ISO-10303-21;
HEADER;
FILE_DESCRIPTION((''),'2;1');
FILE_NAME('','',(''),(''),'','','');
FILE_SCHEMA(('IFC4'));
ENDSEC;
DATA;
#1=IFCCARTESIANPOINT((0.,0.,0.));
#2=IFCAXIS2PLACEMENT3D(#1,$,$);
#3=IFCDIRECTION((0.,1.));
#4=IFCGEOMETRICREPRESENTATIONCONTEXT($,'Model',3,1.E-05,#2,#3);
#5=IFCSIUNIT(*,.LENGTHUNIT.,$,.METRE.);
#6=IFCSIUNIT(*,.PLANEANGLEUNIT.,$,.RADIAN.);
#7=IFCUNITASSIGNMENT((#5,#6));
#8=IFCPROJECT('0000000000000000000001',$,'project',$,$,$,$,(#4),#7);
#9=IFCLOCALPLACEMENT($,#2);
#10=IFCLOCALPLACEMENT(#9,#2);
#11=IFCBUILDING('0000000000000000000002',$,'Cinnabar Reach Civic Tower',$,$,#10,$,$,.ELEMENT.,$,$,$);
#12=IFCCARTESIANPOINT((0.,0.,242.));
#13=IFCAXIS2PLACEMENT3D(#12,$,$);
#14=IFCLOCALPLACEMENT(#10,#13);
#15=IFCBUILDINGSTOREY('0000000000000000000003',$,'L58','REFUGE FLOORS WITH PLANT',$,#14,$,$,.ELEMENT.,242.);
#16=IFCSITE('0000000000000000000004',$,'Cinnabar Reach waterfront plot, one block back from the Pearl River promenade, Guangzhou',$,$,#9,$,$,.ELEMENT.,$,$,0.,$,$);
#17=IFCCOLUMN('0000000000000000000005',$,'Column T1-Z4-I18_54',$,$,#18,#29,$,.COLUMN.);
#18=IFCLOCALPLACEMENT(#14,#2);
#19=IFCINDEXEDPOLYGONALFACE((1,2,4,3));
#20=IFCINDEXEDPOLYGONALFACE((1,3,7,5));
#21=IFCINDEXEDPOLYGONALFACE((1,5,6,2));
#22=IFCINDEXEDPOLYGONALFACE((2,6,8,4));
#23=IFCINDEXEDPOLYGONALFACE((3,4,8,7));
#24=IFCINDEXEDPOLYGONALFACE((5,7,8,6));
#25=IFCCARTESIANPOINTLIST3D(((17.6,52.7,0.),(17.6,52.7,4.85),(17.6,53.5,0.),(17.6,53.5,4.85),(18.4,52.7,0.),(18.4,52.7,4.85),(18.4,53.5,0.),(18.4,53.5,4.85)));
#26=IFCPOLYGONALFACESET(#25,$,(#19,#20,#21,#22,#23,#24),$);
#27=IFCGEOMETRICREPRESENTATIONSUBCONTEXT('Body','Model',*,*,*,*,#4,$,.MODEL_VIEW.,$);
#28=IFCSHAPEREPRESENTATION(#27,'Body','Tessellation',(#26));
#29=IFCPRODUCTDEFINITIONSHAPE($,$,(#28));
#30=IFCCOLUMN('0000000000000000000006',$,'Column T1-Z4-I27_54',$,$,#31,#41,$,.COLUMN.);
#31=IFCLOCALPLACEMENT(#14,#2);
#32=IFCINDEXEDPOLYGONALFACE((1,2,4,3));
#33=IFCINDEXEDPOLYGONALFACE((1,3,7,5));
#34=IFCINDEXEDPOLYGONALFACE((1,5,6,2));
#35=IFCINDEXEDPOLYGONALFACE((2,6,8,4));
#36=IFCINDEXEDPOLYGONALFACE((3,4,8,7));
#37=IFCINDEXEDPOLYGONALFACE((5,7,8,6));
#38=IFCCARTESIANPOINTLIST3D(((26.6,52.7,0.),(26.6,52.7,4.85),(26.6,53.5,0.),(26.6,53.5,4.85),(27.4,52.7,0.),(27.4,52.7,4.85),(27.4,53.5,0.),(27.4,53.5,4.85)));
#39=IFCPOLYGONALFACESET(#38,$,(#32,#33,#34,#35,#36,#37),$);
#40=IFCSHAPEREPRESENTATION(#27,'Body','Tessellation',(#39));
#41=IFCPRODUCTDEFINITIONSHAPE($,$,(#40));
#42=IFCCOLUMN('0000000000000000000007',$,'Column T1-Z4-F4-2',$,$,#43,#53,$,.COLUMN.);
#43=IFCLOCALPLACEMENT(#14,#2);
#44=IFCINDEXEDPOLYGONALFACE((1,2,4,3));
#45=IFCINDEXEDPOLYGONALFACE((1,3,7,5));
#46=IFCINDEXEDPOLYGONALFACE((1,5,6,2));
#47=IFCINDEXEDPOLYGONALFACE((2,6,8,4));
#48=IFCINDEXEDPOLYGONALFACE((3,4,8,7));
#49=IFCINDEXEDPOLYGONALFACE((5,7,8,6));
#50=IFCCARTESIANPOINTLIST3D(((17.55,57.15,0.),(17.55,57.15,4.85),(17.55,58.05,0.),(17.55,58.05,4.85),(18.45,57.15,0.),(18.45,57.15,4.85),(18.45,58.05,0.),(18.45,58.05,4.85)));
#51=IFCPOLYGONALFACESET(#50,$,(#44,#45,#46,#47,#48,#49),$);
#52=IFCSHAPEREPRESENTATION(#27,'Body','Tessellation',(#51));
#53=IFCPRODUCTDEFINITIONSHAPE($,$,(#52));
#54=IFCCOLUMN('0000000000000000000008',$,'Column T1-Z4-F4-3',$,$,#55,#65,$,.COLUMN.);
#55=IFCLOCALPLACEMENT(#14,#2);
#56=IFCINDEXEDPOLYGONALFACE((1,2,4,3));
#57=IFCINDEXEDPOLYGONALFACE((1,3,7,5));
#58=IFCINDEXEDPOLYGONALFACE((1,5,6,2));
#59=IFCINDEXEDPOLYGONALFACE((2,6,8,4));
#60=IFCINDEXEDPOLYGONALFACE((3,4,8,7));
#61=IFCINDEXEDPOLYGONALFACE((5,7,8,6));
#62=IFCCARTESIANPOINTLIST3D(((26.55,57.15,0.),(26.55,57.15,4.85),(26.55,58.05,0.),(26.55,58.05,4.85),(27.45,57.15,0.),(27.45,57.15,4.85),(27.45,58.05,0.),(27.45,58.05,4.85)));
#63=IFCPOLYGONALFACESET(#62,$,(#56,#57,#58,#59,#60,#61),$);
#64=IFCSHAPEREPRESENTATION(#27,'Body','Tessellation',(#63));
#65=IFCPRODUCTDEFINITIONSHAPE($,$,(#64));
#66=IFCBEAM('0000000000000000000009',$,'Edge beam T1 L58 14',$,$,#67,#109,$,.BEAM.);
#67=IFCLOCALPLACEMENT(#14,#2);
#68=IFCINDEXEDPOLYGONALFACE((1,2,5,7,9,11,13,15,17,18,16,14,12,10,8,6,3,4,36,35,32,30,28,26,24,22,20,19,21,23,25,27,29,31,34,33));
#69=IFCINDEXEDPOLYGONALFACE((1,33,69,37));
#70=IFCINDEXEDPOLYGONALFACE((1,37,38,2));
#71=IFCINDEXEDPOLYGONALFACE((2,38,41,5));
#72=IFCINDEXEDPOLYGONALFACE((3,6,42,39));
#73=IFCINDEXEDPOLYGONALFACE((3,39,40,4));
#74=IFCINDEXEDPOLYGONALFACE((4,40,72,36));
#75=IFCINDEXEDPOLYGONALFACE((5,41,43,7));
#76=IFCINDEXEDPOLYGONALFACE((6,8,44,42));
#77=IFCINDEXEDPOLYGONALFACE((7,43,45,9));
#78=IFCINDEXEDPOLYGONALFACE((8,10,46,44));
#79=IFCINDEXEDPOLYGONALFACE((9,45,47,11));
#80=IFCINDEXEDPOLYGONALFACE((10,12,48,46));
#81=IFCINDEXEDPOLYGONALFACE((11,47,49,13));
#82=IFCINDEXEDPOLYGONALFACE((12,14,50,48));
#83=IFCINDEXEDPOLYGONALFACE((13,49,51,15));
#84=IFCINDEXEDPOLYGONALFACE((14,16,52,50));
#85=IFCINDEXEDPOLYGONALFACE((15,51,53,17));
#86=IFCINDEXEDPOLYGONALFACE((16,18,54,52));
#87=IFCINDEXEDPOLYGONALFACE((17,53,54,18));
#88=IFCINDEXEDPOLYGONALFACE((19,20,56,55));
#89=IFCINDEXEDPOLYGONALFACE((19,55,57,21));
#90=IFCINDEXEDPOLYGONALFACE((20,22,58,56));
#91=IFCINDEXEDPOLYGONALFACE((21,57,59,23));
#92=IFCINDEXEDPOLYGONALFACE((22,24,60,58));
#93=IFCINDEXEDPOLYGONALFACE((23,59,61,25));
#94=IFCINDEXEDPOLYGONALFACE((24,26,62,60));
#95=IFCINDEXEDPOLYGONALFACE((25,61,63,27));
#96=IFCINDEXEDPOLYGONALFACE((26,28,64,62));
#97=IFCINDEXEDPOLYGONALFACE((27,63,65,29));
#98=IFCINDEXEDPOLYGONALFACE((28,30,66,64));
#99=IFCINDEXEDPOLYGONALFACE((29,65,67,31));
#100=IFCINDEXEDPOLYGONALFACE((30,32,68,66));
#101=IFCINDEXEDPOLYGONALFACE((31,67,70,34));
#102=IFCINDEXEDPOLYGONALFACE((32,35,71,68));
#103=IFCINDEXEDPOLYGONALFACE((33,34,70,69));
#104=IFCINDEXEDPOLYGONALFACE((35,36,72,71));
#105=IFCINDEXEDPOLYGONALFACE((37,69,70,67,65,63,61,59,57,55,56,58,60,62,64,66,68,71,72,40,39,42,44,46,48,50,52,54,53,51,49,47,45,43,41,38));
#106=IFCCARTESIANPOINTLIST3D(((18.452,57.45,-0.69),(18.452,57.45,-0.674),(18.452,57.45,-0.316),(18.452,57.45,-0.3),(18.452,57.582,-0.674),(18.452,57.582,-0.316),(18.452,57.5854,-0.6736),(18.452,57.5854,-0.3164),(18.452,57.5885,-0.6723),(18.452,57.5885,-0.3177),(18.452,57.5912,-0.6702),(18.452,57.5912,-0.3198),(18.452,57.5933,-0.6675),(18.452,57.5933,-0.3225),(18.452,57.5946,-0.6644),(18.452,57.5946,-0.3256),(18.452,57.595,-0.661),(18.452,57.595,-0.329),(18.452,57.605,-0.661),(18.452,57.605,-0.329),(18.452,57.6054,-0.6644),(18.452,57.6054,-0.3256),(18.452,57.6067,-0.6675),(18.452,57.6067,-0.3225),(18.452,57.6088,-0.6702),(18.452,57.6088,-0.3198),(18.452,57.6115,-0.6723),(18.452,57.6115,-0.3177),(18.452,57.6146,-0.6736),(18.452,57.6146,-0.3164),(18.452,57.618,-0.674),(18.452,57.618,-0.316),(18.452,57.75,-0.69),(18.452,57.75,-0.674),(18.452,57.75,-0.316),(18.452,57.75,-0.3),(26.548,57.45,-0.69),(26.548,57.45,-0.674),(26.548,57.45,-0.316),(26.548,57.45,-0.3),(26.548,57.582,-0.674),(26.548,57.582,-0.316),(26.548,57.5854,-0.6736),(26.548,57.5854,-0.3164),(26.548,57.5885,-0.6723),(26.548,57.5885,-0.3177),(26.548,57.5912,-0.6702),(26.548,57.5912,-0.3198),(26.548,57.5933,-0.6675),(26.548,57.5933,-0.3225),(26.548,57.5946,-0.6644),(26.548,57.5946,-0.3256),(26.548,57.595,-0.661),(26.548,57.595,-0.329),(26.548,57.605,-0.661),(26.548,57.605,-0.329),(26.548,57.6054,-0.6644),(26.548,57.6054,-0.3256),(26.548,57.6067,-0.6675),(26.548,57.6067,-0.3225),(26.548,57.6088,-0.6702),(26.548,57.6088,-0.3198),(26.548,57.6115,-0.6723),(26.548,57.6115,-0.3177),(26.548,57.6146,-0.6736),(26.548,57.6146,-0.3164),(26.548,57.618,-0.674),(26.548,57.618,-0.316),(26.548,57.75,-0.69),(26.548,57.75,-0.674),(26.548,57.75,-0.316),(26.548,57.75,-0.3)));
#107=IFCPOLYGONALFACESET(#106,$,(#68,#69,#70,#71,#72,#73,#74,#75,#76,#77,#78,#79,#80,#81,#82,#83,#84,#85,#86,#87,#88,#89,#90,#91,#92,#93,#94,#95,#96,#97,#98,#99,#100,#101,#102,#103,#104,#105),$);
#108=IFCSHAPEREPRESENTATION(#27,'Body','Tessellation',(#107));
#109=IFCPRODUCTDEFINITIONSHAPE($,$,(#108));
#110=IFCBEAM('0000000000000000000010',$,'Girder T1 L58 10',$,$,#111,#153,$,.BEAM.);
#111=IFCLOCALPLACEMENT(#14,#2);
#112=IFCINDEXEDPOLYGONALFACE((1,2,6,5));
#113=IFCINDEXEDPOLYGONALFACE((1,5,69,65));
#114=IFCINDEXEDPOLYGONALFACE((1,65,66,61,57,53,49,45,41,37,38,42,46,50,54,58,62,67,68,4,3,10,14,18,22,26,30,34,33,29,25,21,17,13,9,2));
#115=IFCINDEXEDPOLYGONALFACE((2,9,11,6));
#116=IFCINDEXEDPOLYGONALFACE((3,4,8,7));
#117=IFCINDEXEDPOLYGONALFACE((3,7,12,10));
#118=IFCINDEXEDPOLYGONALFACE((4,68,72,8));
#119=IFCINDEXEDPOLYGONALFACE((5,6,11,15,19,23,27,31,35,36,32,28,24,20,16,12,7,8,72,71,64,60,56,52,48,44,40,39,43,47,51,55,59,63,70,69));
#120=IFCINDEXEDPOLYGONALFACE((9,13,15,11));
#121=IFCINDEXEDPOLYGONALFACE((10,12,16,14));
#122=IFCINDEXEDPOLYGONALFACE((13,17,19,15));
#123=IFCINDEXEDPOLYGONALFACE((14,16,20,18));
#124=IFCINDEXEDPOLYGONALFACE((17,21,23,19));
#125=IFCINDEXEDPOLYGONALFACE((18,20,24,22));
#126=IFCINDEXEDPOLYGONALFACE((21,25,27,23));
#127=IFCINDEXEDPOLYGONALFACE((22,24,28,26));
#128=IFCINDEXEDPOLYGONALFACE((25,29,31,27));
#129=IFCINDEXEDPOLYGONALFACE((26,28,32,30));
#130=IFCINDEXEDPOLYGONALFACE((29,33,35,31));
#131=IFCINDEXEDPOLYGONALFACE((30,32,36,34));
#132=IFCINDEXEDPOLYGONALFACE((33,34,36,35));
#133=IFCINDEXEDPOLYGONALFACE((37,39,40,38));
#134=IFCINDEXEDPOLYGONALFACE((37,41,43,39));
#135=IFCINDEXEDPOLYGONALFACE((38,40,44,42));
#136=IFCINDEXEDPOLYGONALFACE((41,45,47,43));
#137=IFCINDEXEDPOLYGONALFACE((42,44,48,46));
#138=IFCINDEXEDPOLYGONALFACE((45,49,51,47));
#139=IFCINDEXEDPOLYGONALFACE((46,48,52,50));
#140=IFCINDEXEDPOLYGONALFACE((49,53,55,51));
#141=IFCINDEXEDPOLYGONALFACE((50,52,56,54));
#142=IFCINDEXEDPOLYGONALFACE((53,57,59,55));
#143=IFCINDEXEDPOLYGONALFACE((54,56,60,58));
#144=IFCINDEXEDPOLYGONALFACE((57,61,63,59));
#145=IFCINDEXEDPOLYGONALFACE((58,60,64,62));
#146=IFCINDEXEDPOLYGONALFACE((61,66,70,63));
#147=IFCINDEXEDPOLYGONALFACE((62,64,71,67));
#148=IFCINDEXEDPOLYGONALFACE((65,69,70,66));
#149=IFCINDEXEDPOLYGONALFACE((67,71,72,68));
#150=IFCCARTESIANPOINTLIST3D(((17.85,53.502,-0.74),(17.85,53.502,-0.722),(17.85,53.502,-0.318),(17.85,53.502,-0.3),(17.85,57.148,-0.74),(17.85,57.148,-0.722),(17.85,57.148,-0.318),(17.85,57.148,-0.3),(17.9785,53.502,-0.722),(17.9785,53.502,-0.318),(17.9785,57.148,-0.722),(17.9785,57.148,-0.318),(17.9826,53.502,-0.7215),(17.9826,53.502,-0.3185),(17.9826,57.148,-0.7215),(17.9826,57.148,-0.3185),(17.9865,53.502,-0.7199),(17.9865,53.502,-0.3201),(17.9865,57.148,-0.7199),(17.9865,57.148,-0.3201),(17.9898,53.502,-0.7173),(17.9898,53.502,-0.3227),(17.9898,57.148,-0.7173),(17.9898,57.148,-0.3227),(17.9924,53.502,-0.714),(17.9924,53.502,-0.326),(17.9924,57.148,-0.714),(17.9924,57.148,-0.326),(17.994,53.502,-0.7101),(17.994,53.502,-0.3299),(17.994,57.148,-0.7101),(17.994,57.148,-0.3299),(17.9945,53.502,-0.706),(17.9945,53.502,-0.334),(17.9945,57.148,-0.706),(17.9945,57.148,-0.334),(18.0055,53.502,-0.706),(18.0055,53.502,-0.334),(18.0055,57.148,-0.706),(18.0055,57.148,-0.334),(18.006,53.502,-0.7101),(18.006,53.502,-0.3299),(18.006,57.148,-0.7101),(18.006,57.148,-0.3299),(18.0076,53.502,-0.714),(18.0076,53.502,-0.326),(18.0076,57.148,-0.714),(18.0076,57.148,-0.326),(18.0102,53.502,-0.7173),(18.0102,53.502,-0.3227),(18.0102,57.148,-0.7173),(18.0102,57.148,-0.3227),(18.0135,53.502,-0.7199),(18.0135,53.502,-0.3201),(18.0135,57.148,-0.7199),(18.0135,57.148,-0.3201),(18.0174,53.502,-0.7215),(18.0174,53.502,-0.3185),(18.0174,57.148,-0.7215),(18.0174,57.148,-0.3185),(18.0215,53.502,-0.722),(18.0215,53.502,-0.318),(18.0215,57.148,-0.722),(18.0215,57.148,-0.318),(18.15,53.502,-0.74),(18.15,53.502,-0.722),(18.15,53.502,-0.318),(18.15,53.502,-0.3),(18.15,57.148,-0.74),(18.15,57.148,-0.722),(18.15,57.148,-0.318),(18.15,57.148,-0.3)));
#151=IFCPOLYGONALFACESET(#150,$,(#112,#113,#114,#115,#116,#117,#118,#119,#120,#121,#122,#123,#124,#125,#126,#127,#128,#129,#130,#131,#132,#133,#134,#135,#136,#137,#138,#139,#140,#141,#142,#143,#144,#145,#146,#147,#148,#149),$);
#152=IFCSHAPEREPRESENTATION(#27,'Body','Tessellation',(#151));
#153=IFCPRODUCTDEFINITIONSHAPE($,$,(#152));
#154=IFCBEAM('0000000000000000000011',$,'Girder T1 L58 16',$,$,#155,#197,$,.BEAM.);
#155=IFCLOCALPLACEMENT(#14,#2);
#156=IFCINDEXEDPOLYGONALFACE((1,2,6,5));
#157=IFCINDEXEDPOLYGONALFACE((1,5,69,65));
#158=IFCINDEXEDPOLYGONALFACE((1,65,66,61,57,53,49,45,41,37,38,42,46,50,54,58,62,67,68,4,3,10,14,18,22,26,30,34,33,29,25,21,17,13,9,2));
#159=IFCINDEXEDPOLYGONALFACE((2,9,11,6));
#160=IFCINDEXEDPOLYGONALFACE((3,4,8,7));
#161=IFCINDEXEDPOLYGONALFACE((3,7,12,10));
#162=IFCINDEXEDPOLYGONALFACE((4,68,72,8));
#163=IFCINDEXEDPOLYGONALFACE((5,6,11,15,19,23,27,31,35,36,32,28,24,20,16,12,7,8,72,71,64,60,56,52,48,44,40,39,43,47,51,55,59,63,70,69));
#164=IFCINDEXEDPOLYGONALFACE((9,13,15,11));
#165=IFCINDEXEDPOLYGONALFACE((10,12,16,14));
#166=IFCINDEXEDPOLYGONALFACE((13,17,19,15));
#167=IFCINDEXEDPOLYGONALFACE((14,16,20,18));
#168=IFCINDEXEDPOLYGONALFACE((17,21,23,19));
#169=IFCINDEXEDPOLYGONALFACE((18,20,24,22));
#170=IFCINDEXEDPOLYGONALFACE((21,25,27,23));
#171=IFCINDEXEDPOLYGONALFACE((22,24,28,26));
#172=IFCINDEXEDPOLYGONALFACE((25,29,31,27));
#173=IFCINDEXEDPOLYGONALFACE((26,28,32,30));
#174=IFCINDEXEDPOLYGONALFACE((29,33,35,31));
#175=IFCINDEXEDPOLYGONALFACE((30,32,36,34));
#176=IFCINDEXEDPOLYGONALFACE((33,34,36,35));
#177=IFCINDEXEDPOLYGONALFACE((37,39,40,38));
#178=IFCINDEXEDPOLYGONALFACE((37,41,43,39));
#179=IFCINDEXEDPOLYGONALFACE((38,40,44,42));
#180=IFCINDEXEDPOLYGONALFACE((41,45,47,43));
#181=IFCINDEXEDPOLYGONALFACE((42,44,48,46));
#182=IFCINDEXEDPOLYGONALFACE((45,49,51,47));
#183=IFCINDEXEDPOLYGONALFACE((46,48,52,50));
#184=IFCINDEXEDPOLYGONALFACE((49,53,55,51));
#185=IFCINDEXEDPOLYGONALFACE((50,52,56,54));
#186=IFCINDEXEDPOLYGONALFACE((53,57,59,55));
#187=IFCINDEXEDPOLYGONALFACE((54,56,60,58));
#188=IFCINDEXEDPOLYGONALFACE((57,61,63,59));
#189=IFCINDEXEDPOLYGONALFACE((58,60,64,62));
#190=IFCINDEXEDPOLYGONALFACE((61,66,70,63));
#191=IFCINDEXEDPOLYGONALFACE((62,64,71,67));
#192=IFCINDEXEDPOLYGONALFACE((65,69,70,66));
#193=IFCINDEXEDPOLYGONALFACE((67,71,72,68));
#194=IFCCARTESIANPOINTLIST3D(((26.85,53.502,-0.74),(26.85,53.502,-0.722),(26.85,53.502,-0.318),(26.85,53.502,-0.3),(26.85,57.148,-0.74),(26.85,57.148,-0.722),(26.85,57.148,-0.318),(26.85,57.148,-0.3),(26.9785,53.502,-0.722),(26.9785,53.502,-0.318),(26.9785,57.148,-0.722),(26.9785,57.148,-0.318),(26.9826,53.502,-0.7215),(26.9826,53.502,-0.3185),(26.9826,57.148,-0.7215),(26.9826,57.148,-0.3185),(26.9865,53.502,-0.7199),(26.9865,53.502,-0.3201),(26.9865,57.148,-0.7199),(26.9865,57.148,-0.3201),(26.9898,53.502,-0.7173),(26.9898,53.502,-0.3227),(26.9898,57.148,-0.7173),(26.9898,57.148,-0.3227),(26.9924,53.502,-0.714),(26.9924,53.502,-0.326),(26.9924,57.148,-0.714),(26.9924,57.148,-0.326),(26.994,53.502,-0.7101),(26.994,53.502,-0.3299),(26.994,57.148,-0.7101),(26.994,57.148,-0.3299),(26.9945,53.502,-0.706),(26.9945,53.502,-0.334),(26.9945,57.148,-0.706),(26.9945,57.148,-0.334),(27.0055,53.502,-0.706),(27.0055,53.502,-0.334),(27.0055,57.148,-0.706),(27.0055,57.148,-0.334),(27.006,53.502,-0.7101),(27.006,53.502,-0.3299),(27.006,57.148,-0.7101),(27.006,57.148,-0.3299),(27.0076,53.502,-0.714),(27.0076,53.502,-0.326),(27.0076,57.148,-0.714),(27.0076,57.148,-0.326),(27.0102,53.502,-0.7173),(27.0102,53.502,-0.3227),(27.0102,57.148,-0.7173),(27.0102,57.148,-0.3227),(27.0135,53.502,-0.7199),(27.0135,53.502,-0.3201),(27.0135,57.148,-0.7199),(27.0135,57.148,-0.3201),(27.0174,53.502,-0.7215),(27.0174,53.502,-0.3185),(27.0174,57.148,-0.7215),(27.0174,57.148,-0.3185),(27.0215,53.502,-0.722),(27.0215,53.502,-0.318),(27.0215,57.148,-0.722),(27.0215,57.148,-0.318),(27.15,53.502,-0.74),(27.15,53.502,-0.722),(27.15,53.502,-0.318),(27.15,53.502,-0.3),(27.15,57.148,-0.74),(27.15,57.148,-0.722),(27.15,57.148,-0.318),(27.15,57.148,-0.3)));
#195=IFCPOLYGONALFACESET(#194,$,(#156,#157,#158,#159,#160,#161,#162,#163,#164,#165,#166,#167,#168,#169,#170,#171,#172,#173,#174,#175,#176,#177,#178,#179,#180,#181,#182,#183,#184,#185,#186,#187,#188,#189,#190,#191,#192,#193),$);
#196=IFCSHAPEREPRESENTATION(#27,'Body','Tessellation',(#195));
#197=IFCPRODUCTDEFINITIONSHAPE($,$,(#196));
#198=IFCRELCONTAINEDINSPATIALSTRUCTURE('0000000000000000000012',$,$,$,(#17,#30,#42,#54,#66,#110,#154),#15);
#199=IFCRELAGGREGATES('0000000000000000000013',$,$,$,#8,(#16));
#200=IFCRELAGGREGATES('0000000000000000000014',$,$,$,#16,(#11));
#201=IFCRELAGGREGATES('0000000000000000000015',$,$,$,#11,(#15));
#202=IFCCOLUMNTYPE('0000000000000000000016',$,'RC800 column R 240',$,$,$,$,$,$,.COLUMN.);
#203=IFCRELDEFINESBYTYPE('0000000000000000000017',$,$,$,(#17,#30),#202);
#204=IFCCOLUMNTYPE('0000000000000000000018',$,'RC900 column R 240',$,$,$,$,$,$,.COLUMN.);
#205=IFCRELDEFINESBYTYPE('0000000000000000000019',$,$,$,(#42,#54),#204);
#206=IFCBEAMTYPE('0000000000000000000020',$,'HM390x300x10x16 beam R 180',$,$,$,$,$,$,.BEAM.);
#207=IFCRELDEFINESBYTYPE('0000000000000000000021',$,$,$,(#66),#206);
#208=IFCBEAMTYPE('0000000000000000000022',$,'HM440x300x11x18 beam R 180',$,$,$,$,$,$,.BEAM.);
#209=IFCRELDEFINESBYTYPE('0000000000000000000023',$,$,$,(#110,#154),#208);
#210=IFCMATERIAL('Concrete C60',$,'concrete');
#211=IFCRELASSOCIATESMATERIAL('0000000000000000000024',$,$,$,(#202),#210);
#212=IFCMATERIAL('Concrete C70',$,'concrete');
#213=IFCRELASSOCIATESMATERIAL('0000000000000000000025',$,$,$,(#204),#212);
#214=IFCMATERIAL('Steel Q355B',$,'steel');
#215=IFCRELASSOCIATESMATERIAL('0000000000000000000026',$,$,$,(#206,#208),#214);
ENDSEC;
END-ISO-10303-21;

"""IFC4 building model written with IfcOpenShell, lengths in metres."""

from ifc_helpers import new_model, si_unit, direction, frame, origin, origin_2d, place, context, subcontext, project, spatial, rectangle, i_section, extrude, material, material_profile, profile_set, type_object, element, save


model = new_model("IFC4")

# Units and contexts
model_context = context("Model", 3, precision=1e-05, world=origin(), true_north=direction((0.0, 1.0)))
body_context = subcontext(model_context, "Body", "Model", "MODEL_VIEW")
ifc_project = project(units=[si_unit("LENGTHUNIT", "METRE"), si_unit("PLANEANGLEUNIT", "RADIAN")], contexts=[model_context])

# Site, building, storey
site_placement = place(None, origin())
site = spatial("IfcSite", under=ifc_project, at=site_placement, Name="Cinnabar Reach waterfront plot, one block back from the Pearl River promenade, Guangzhou", CompositionType="ELEMENT", RefElevation=0.0)
building_placement = place(site_placement, origin())
building = spatial("IfcBuilding", under=site, at=building_placement, Name="Cinnabar Reach Civic Tower", CompositionType="ELEMENT")
storey_placement = place(building_placement, frame((0.0, 0.0, 242.0)))
storey = spatial("IfcBuildingStorey", under=building, at=storey_placement, Name="L58", Description="REFUGE FLOORS WITH PLANT", CompositionType="ELEMENT", Elevation=242.0)

# Columns
ifc_material_1 = material(Name="Concrete C60", Category="concrete")
ifc_material_profile_1 = material_profile(ifc_material_1, rectangle(XDim=0.8, YDim=0.8, at=origin_2d()), Name="RC800")
ifc_profile_set_1 = profile_set([ifc_material_profile_1], Name="Concrete C60")
column_type_1 = type_object("IfcColumnType", Name="RC800 column R 240", PredefinedType="COLUMN", material=ifc_profile_set_1)
for number, where, z_axis, x_axis, name in (
    (1, (18.0, 53.1, 0.0), (0.0, 0.0, 1.0), (1.0, 0.0, 0.0), "Column T1-Z4-I18_54"),
    (2, (27.0, 53.1, 0.0), (0.0, 0.0, 1.0), (1.0, 0.0, 0.0), "Column T1-Z4-I27_54"),
):
    element("IfcColumn", number, at=place(storey_placement, frame(where, z_axis=z_axis, x_axis=x_axis)), inside=storey, type_object=column_type_1, Name=name, PredefinedType="COLUMN", context=body_context, shape_type="SweptSolid", body=[
        extrude(rectangle(XDim=0.8, YDim=0.8, at=origin_2d()), origin(), (0.0, 0.0, 1.0), 4.85),
    ])
ifc_material_2 = material(Name="Concrete C70", Category="concrete")
ifc_material_profile_2 = material_profile(ifc_material_2, rectangle(XDim=0.9, YDim=0.9, at=origin_2d()), Name="RC900")
ifc_profile_set_2 = profile_set([ifc_material_profile_2], Name="Concrete C70")
column_type_2 = type_object("IfcColumnType", Name="RC900 column R 240", PredefinedType="COLUMN", material=ifc_profile_set_2)
for number, where, z_axis, x_axis, name in (
    (3, (18.0, 57.6, 0.0), (0.0, 0.0, 1.0), (1.0, 0.0, 0.0), "Column T1-Z4-F4-2"),
    (4, (27.0, 57.6, 0.0), (0.0, 0.0, 1.0), (1.0, 0.0, 0.0), "Column T1-Z4-F4-3"),
):
    element("IfcColumn", number, at=place(storey_placement, frame(where, z_axis=z_axis, x_axis=x_axis)), inside=storey, type_object=column_type_2, Name=name, PredefinedType="COLUMN", context=body_context, shape_type="SweptSolid", body=[
        extrude(rectangle(XDim=0.9, YDim=0.9, at=origin_2d()), origin(), (0.0, 0.0, 1.0), 4.85),
    ])

# Beams
ifc_material_3 = material(Name="Steel Q355B", Category="steel")
ifc_material_profile_3 = material_profile(ifc_material_3, i_section(OverallWidth=0.3, OverallDepth=0.39, WebThickness=0.01, FlangeThickness=0.016, FilletRadius=0.013, at=origin_2d()), Name="HM390x300x10x16")
ifc_profile_set_3 = profile_set([ifc_material_profile_3], Name="Steel Q355B")
beam_type_1 = type_object("IfcBeamType", Name="HM390x300x10x16 beam R 180", PredefinedType="BEAM", material=ifc_profile_set_3)
beam_1_placement = place(storey_placement, frame((26.548, 57.6, -0.495), z_axis=(-1.0, 0.0, 0.0), x_axis=(0.0, -1.0, 0.0)))
element("IfcBeam", 5, at=beam_1_placement, inside=storey, type_object=beam_type_1, Name="Edge beam T1 L58 14", PredefinedType="BEAM", context=body_context, shape_type="SweptSolid", body=[
    extrude(i_section(OverallWidth=0.3, OverallDepth=0.39, WebThickness=0.01, FlangeThickness=0.016, FilletRadius=0.013, at=origin_2d()), origin(), (0.0, 0.0, 1.0), 8.096),
])
ifc_material_profile_4 = material_profile(ifc_material_3, i_section(OverallWidth=0.3, OverallDepth=0.44, WebThickness=0.011, FlangeThickness=0.018, FilletRadius=0.016, at=origin_2d()), Name="HM440x300x11x18")
ifc_profile_set_4 = profile_set([ifc_material_profile_4], Name="Steel Q355B")
beam_type_2 = type_object("IfcBeamType", Name="HM440x300x11x18 beam R 180", PredefinedType="BEAM", material=ifc_profile_set_4)
for number, where, z_axis, x_axis, name in (
    (6, (18.0, 53.502, -0.52), (0.0, 1.0, 0.0), (-1.0, 0.0, 0.0), "Girder T1 L58 10"),
    (7, (27.0, 53.502, -0.52), (0.0, 1.0, 0.0), (-1.0, 0.0, 0.0), "Girder T1 L58 16"),
):
    element("IfcBeam", number, at=place(storey_placement, frame(where, z_axis=z_axis, x_axis=x_axis)), inside=storey, type_object=beam_type_2, Name=name, PredefinedType="BEAM", context=body_context, shape_type="SweptSolid", body=[
        extrude(i_section(OverallWidth=0.3, OverallDepth=0.44, WebThickness=0.011, FlangeThickness=0.018, FilletRadius=0.016, at=origin_2d()), origin(), (0.0, 0.0, 1.0), 3.646),
    ])

save(model, "model.ifc")
